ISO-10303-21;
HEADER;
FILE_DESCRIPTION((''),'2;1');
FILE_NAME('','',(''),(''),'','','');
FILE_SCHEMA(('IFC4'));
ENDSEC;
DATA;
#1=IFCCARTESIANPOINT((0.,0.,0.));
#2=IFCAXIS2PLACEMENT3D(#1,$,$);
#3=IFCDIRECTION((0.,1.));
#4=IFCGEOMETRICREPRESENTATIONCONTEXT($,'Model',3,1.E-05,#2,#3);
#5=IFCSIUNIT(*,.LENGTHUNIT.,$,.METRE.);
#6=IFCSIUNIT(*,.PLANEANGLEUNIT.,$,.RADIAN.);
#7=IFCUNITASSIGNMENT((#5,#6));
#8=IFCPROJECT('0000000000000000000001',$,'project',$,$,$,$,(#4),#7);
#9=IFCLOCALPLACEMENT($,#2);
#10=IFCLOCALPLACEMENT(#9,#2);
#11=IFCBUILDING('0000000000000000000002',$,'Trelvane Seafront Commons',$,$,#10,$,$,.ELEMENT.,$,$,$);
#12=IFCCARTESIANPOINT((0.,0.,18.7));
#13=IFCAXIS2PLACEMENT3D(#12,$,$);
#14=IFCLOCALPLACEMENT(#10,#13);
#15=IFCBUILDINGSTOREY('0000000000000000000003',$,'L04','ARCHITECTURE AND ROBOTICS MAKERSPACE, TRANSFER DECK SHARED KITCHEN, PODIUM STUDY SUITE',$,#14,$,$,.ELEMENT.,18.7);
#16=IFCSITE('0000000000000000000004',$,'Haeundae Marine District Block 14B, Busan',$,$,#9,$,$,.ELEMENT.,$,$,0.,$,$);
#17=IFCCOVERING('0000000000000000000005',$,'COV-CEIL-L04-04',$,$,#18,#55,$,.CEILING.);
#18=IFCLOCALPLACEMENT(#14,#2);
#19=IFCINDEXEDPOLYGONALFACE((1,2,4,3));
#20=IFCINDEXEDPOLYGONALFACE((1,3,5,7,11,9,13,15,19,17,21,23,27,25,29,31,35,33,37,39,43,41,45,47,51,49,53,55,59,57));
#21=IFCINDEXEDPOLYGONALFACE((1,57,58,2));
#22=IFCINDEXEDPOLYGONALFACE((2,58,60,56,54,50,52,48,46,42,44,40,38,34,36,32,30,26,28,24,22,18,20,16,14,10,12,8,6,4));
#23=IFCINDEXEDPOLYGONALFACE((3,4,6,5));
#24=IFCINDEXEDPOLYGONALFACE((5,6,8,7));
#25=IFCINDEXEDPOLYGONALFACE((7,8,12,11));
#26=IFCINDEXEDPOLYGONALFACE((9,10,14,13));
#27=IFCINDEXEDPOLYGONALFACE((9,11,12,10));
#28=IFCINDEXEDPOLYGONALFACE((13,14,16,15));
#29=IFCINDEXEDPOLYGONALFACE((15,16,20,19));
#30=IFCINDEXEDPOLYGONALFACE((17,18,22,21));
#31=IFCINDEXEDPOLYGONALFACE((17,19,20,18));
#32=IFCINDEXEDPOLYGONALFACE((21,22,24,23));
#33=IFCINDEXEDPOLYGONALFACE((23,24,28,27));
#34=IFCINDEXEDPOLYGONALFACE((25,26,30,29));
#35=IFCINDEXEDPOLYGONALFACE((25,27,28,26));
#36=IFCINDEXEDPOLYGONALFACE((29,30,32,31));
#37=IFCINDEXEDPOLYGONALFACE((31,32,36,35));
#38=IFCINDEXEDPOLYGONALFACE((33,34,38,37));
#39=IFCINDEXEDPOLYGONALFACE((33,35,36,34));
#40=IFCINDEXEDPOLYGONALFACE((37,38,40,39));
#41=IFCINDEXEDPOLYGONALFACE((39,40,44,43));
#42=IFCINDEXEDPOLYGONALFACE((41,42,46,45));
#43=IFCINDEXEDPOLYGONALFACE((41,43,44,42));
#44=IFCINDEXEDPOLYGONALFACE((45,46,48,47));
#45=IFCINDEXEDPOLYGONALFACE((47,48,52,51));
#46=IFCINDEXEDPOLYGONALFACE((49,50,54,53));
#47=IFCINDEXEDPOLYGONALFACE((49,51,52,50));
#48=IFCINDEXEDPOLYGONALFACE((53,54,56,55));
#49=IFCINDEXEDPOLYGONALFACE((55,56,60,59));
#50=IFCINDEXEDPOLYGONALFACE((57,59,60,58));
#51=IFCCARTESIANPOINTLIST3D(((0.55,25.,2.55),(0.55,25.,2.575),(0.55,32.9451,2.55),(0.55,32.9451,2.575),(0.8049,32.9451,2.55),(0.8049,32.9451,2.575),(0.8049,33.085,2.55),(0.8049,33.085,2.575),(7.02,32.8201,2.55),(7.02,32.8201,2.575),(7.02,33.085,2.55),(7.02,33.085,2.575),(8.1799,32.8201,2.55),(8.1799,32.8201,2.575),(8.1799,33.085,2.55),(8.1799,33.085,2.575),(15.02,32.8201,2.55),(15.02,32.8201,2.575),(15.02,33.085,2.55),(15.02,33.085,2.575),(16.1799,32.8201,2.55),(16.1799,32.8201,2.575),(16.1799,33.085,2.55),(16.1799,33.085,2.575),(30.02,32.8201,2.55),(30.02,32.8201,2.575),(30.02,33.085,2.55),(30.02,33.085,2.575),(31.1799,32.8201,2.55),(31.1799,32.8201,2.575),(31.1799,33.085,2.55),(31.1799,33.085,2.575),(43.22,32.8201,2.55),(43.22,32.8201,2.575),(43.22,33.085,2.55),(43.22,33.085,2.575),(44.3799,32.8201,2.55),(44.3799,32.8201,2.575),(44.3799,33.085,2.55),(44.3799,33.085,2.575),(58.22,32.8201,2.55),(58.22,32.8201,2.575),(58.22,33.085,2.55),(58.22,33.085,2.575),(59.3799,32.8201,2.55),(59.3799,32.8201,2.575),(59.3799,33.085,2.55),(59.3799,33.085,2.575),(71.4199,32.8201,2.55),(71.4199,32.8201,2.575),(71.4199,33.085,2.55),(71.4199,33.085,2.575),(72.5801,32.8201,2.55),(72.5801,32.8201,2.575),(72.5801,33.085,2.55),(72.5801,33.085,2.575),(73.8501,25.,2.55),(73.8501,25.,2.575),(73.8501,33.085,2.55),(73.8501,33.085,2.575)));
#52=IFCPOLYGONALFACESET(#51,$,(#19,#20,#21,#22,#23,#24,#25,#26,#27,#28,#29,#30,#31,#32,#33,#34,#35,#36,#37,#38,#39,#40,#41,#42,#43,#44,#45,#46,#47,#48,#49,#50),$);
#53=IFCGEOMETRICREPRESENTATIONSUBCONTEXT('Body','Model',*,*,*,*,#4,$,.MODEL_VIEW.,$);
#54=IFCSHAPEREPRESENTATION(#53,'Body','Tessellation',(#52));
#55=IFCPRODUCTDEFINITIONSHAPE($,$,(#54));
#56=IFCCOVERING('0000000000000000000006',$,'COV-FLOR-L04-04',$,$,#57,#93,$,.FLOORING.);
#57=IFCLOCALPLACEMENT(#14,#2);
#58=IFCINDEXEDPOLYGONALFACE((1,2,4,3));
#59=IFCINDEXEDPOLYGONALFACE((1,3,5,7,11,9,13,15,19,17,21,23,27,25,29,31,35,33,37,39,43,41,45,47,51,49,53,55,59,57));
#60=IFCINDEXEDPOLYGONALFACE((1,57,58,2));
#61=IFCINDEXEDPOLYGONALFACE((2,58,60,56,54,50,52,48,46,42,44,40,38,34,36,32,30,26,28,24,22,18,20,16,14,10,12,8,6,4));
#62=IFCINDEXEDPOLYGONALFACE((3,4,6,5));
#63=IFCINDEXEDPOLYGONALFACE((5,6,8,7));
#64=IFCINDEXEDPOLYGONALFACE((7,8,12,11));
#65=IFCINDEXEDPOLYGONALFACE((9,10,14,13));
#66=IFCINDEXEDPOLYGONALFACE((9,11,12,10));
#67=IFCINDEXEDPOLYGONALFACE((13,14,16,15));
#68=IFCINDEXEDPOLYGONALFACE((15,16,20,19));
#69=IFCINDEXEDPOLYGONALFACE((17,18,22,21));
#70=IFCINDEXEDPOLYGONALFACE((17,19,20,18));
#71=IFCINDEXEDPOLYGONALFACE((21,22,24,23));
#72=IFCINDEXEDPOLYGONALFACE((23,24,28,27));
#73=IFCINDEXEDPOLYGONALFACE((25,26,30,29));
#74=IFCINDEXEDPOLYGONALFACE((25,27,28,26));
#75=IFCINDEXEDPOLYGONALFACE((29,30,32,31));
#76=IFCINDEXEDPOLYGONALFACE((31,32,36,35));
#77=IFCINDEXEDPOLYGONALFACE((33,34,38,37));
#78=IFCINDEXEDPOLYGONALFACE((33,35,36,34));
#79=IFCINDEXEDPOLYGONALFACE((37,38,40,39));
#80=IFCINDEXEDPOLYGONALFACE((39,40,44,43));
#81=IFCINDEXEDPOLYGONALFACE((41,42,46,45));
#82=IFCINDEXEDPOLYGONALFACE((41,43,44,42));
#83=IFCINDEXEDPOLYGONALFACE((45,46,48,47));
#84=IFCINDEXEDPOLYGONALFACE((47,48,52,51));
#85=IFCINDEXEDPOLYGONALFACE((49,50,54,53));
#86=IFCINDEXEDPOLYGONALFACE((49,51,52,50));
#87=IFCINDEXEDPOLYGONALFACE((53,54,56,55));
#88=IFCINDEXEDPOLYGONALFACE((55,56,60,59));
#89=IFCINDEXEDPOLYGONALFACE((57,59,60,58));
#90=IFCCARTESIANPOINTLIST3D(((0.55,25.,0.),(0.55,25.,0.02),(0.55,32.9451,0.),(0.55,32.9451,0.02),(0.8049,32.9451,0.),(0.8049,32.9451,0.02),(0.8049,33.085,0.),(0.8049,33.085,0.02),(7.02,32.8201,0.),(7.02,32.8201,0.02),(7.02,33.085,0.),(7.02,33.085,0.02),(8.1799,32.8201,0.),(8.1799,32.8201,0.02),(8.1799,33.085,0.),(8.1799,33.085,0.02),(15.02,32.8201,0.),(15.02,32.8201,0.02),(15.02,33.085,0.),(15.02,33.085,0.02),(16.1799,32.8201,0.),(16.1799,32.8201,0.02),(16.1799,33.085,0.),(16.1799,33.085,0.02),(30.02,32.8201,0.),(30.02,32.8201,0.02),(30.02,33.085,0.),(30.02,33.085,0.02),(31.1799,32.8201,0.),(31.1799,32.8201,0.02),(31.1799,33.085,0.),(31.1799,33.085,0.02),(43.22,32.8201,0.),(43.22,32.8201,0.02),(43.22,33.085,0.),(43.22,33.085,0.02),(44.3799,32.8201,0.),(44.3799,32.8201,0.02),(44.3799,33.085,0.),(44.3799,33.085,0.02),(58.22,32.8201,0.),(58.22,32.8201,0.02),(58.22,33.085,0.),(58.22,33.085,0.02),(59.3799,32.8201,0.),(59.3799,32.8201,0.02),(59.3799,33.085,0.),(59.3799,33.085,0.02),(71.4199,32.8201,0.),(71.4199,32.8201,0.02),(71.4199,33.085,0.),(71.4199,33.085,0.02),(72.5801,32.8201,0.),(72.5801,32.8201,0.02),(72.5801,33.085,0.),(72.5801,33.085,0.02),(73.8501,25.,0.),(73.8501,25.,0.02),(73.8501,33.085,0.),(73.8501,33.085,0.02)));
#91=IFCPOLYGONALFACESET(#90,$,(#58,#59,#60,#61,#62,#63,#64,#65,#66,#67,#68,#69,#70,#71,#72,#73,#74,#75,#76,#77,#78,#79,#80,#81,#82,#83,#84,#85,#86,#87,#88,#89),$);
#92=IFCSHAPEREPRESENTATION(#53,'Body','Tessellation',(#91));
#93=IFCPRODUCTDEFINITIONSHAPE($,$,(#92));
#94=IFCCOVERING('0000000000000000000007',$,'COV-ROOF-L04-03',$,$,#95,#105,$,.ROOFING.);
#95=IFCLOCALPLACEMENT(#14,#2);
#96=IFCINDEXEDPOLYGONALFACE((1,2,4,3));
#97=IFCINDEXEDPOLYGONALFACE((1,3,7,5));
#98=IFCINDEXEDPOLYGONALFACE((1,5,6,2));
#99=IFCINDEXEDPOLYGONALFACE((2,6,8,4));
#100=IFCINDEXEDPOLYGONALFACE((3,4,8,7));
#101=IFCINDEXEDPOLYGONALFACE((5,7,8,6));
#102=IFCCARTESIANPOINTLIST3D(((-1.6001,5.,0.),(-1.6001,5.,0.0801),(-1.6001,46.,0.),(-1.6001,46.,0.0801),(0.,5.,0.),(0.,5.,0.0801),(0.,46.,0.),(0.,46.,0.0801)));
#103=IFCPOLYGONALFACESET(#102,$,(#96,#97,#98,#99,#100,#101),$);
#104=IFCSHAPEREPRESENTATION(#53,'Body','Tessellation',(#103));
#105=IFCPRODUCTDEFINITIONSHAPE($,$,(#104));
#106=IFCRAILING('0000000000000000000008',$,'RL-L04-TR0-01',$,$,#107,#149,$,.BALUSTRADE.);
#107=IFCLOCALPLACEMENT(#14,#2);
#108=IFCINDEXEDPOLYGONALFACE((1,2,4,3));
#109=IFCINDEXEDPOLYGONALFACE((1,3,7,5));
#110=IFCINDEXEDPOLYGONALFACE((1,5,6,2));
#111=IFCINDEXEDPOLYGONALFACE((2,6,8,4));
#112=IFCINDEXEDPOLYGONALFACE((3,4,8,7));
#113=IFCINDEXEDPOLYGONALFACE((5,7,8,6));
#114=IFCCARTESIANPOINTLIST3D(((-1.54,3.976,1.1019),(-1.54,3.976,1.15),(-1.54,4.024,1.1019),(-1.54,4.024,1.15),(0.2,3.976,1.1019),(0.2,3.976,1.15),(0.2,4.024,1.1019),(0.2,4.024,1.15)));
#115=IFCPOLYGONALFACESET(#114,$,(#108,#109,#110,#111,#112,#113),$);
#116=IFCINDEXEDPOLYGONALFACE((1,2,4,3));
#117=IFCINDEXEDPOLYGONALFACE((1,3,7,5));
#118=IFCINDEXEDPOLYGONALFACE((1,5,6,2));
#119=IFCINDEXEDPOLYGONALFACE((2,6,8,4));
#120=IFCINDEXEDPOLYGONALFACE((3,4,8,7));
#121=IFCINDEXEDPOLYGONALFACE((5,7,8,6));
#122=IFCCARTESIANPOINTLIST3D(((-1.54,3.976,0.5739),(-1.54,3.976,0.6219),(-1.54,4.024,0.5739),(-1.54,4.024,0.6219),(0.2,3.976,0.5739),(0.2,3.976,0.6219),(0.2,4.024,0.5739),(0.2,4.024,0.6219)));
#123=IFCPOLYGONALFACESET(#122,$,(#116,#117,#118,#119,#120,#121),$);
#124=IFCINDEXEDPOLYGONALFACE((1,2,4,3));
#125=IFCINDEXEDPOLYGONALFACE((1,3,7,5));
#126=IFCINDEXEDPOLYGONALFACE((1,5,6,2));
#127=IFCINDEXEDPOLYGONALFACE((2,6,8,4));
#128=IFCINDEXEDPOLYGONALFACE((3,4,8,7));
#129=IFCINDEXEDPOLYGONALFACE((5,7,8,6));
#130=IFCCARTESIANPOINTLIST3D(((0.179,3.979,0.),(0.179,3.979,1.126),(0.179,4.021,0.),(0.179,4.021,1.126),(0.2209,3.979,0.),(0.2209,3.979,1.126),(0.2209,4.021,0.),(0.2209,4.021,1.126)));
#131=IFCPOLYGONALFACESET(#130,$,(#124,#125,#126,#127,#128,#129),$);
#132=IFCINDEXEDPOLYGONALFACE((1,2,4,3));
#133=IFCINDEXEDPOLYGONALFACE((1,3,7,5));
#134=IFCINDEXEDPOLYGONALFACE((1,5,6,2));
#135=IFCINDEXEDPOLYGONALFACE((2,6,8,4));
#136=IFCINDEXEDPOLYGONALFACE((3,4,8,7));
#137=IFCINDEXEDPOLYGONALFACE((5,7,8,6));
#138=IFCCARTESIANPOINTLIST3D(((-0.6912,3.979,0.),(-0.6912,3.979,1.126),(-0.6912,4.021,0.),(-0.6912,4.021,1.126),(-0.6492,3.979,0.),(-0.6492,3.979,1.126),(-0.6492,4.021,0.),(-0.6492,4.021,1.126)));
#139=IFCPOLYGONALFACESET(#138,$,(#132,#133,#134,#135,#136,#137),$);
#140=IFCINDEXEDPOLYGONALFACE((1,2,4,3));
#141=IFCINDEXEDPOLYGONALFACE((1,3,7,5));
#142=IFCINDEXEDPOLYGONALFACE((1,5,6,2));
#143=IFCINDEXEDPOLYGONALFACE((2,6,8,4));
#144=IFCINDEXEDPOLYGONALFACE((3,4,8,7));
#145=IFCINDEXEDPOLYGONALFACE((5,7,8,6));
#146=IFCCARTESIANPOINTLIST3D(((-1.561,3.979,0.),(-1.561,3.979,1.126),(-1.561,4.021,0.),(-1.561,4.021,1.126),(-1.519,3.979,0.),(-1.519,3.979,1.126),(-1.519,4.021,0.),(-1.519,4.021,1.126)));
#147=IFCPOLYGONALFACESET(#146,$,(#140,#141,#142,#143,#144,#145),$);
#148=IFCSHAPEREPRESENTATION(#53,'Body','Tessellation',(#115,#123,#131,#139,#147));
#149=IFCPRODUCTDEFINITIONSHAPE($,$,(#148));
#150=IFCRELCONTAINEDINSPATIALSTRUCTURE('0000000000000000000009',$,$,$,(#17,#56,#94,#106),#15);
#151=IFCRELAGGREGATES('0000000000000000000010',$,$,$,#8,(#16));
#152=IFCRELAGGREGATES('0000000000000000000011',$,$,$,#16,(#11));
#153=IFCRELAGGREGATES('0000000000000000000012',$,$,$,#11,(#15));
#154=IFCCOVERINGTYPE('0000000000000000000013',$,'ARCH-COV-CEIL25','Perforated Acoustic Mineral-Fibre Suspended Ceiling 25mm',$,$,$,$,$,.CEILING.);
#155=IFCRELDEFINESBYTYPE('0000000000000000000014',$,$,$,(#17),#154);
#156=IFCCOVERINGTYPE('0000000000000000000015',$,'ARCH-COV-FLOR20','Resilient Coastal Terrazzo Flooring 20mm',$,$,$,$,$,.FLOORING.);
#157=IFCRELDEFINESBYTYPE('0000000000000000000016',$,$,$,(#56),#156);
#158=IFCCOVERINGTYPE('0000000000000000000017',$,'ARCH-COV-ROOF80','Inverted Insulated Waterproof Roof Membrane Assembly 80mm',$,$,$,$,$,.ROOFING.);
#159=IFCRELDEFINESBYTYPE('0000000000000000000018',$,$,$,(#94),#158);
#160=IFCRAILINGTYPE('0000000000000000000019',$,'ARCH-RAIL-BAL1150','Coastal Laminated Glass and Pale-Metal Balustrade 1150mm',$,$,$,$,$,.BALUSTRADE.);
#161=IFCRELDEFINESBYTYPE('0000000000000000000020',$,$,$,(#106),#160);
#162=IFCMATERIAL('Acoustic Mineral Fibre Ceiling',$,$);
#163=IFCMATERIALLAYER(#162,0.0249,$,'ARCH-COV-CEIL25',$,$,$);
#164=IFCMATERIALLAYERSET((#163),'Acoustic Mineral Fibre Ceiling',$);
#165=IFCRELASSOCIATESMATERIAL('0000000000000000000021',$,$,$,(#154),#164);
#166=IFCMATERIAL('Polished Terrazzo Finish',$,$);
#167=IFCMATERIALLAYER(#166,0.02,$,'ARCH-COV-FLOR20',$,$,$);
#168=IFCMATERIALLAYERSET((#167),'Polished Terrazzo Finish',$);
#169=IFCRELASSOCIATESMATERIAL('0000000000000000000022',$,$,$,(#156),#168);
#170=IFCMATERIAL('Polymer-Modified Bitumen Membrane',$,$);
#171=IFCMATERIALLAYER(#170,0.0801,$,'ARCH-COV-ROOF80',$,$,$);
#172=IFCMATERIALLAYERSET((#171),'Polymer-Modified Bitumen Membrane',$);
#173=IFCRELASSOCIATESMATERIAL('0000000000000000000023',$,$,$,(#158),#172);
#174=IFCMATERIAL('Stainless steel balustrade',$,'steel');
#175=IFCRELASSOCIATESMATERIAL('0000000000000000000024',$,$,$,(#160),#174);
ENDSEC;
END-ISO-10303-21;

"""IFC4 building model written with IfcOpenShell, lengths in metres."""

from ifc_helpers import new_model, si_unit, direction, frame, origin, origin_2d, place, context, subcontext, project, spatial, polyline, rectangle, outline, extrude, material, layer, layer_set, type_object, element, save


model = new_model("IFC4")

# Units and contexts
model_context = context("Model", 3, precision=1e-05, world=origin(), true_north=direction((0.0, 1.0)))
body_context = subcontext(model_context, "Body", "Model", "MODEL_VIEW")
ifc_project = project(units=[si_unit("LENGTHUNIT", "METRE"), si_unit("PLANEANGLEUNIT", "RADIAN")], contexts=[model_context])

# Site, building, storey
site_placement = place(None, origin())
site = spatial("IfcSite", under=ifc_project, at=site_placement, Name="Haeundae Marine District Block 14B, Busan", CompositionType="ELEMENT", RefElevation=0.0)
building_placement = place(site_placement, origin())
building = spatial("IfcBuilding", under=site, at=building_placement, Name="Trelvane Seafront Commons", CompositionType="ELEMENT")
storey_placement = place(building_placement, frame((0.0, 0.0, 18.7)))
storey = spatial("IfcBuildingStorey", under=building, at=storey_placement, Name="L04", Description="ARCHITECTURE AND ROBOTICS MAKERSPACE, TRANSFER DECK SHARED KITCHEN, PODIUM STUDY SUITE", CompositionType="ELEMENT", Elevation=18.7)

# Coverings
ifc_material_1 = material(Name="Acoustic Mineral Fibre Ceiling")
ifc_layer_1 = layer(ifc_material_1, 0.0249, Name="ARCH-COV-CEIL25")
ifc_layer_set_1 = layer_set([ifc_layer_1], Name="Acoustic Mineral Fibre Ceiling")
covering_type_1 = type_object("IfcCoveringType", Name="ARCH-COV-CEIL25", Description="Perforated Acoustic Mineral-Fibre Suspended Ceiling 25mm", PredefinedType="CEILING", material=ifc_layer_set_1)
covering_1_placement = place(storey_placement, frame((0.0, 0.0, 2.55)))
element("IfcCovering", 1, at=covering_1_placement, inside=storey, type_object=covering_type_1, Name="COV-CEIL-L04-04", PredefinedType="CEILING", context=body_context, shape_type="SweptSolid", body=[
    extrude(outline(polyline([(73.8501, 33.085), (72.5801, 33.085), (72.5801, 32.8201), (71.4199, 32.8201), (71.4199, 33.085), (59.3799, 33.085), (59.3799, 32.8201), (58.22, 32.8201), (58.22, 33.085), (44.3799, 33.085), (44.3799, 32.8201), (43.22, 32.8201), (43.22, 33.085), (31.1799, 33.085), (31.1799, 32.8201), (30.02, 32.8201), (30.02, 33.085), (16.1799, 33.085), (16.1799, 32.8201), (15.02, 32.8201), (15.02, 33.085), (8.1799, 33.085), (8.1799, 32.8201), (7.02, 32.8201), (7.02, 33.085), (0.8049, 33.085), (0.8049, 32.9451), (0.55, 32.9451), (0.55, 25.0), (73.8501, 25.0), (73.8501, 33.085)])), origin(), (0.0, 0.0, 1.0), 0.0249),
])
ifc_material_2 = material(Name="Polished Terrazzo Finish")
ifc_layer_2 = layer(ifc_material_2, 0.02, Name="ARCH-COV-FLOR20")
ifc_layer_set_2 = layer_set([ifc_layer_2], Name="Polished Terrazzo Finish")
covering_type_2 = type_object("IfcCoveringType", Name="ARCH-COV-FLOR20", Description="Resilient Coastal Terrazzo Flooring 20mm", PredefinedType="FLOORING", material=ifc_layer_set_2)
covering_2_placement = place(storey_placement, origin())
element("IfcCovering", 2, at=covering_2_placement, inside=storey, type_object=covering_type_2, Name="COV-FLOR-L04-04", PredefinedType="FLOORING", context=body_context, shape_type="SweptSolid", body=[
    extrude(outline(polyline([(73.8501, 33.085), (72.5801, 33.085), (72.5801, 32.8201), (71.4199, 32.8201), (71.4199, 33.085), (59.3799, 33.085), (59.3799, 32.8201), (58.22, 32.8201), (58.22, 33.085), (44.3799, 33.085), (44.3799, 32.8201), (43.22, 32.8201), (43.22, 33.085), (31.1799, 33.085), (31.1799, 32.8201), (30.02, 32.8201), (30.02, 33.085), (16.1799, 33.085), (16.1799, 32.8201), (15.02, 32.8201), (15.02, 33.085), (8.1799, 33.085), (8.1799, 32.8201), (7.02, 32.8201), (7.02, 33.085), (0.8049, 33.085), (0.8049, 32.9451), (0.55, 32.9451), (0.55, 25.0), (73.8501, 25.0), (73.8501, 33.085)])), origin(), (0.0, 0.0, 1.0), 0.02),
])
ifc_material_3 = material(Name="Polymer-Modified Bitumen Membrane")
ifc_layer_3 = layer(ifc_material_3, 0.0801, Name="ARCH-COV-ROOF80")
ifc_layer_set_3 = layer_set([ifc_layer_3], Name="Polymer-Modified Bitumen Membrane")
covering_type_3 = type_object("IfcCoveringType", Name="ARCH-COV-ROOF80", Description="Inverted Insulated Waterproof Roof Membrane Assembly 80mm", PredefinedType="ROOFING", material=ifc_layer_set_3)
covering_3_placement = place(storey_placement, origin())
element("IfcCovering", 3, at=covering_3_placement, inside=storey, type_object=covering_type_3, Name="COV-ROOF-L04-03", PredefinedType="ROOFING", context=body_context, shape_type="SweptSolid", body=[
    extrude(outline(polyline([(-1.6001, 5.0), (0.0, 5.0), (0.0, 46.0), (-1.6001, 46.0), (-1.6001, 5.0)])), origin(), (0.0, 0.0, 1.0), 0.0801),
])

# Railing
ifc_material_4 = material(Name="Stainless steel balustrade", Category="steel")
railing_type = type_object("IfcRailingType", Name="ARCH-RAIL-BAL1150", Description="Coastal Laminated Glass and Pale-Metal Balustrade 1150mm", PredefinedType="BALUSTRADE", material=ifc_material_4)
railing_1_placement = place(storey_placement, frame((0.2, 4.0, 0.0)))
element("IfcRailing", 4, at=railing_1_placement, inside=storey, type_object=railing_type, Name="RL-L04-TR0-01", PredefinedType="BALUSTRADE", context=body_context, shape_type="SweptSolid", body=[
    extrude(rectangle(XDim=0.0481, YDim=0.0481, at=origin_2d()), frame((0.0, 0.0, 1.126), z_axis=(-1.0, 0.0, 0.0), x_axis=(0.0, -1.0, 0.0)), (0.0, 0.0, 1.0), 1.74),
    extrude(rectangle(XDim=0.0481, YDim=0.0481, at=origin_2d()), frame((0.0, 0.0, 0.5979), z_axis=(-1.0, 0.0, 0.0), x_axis=(0.0, -1.0, 0.0)), (0.0, 0.0, 1.0), 1.74),
    extrude(rectangle(XDim=0.042, YDim=0.042, at=origin_2d()), origin(), (0.0, 0.0, 1.0), 1.126),
    extrude(rectangle(XDim=0.042, YDim=0.042, at=origin_2d()), frame((-0.8701, 0.0, 0.0)), (0.0, 0.0, 1.0), 1.126),
    extrude(rectangle(XDim=0.042, YDim=0.042, at=origin_2d()), frame((-1.74, 0.0, 0.0)), (0.0, 0.0, 1.0), 1.126),
])

save(model, "model.ifc")
